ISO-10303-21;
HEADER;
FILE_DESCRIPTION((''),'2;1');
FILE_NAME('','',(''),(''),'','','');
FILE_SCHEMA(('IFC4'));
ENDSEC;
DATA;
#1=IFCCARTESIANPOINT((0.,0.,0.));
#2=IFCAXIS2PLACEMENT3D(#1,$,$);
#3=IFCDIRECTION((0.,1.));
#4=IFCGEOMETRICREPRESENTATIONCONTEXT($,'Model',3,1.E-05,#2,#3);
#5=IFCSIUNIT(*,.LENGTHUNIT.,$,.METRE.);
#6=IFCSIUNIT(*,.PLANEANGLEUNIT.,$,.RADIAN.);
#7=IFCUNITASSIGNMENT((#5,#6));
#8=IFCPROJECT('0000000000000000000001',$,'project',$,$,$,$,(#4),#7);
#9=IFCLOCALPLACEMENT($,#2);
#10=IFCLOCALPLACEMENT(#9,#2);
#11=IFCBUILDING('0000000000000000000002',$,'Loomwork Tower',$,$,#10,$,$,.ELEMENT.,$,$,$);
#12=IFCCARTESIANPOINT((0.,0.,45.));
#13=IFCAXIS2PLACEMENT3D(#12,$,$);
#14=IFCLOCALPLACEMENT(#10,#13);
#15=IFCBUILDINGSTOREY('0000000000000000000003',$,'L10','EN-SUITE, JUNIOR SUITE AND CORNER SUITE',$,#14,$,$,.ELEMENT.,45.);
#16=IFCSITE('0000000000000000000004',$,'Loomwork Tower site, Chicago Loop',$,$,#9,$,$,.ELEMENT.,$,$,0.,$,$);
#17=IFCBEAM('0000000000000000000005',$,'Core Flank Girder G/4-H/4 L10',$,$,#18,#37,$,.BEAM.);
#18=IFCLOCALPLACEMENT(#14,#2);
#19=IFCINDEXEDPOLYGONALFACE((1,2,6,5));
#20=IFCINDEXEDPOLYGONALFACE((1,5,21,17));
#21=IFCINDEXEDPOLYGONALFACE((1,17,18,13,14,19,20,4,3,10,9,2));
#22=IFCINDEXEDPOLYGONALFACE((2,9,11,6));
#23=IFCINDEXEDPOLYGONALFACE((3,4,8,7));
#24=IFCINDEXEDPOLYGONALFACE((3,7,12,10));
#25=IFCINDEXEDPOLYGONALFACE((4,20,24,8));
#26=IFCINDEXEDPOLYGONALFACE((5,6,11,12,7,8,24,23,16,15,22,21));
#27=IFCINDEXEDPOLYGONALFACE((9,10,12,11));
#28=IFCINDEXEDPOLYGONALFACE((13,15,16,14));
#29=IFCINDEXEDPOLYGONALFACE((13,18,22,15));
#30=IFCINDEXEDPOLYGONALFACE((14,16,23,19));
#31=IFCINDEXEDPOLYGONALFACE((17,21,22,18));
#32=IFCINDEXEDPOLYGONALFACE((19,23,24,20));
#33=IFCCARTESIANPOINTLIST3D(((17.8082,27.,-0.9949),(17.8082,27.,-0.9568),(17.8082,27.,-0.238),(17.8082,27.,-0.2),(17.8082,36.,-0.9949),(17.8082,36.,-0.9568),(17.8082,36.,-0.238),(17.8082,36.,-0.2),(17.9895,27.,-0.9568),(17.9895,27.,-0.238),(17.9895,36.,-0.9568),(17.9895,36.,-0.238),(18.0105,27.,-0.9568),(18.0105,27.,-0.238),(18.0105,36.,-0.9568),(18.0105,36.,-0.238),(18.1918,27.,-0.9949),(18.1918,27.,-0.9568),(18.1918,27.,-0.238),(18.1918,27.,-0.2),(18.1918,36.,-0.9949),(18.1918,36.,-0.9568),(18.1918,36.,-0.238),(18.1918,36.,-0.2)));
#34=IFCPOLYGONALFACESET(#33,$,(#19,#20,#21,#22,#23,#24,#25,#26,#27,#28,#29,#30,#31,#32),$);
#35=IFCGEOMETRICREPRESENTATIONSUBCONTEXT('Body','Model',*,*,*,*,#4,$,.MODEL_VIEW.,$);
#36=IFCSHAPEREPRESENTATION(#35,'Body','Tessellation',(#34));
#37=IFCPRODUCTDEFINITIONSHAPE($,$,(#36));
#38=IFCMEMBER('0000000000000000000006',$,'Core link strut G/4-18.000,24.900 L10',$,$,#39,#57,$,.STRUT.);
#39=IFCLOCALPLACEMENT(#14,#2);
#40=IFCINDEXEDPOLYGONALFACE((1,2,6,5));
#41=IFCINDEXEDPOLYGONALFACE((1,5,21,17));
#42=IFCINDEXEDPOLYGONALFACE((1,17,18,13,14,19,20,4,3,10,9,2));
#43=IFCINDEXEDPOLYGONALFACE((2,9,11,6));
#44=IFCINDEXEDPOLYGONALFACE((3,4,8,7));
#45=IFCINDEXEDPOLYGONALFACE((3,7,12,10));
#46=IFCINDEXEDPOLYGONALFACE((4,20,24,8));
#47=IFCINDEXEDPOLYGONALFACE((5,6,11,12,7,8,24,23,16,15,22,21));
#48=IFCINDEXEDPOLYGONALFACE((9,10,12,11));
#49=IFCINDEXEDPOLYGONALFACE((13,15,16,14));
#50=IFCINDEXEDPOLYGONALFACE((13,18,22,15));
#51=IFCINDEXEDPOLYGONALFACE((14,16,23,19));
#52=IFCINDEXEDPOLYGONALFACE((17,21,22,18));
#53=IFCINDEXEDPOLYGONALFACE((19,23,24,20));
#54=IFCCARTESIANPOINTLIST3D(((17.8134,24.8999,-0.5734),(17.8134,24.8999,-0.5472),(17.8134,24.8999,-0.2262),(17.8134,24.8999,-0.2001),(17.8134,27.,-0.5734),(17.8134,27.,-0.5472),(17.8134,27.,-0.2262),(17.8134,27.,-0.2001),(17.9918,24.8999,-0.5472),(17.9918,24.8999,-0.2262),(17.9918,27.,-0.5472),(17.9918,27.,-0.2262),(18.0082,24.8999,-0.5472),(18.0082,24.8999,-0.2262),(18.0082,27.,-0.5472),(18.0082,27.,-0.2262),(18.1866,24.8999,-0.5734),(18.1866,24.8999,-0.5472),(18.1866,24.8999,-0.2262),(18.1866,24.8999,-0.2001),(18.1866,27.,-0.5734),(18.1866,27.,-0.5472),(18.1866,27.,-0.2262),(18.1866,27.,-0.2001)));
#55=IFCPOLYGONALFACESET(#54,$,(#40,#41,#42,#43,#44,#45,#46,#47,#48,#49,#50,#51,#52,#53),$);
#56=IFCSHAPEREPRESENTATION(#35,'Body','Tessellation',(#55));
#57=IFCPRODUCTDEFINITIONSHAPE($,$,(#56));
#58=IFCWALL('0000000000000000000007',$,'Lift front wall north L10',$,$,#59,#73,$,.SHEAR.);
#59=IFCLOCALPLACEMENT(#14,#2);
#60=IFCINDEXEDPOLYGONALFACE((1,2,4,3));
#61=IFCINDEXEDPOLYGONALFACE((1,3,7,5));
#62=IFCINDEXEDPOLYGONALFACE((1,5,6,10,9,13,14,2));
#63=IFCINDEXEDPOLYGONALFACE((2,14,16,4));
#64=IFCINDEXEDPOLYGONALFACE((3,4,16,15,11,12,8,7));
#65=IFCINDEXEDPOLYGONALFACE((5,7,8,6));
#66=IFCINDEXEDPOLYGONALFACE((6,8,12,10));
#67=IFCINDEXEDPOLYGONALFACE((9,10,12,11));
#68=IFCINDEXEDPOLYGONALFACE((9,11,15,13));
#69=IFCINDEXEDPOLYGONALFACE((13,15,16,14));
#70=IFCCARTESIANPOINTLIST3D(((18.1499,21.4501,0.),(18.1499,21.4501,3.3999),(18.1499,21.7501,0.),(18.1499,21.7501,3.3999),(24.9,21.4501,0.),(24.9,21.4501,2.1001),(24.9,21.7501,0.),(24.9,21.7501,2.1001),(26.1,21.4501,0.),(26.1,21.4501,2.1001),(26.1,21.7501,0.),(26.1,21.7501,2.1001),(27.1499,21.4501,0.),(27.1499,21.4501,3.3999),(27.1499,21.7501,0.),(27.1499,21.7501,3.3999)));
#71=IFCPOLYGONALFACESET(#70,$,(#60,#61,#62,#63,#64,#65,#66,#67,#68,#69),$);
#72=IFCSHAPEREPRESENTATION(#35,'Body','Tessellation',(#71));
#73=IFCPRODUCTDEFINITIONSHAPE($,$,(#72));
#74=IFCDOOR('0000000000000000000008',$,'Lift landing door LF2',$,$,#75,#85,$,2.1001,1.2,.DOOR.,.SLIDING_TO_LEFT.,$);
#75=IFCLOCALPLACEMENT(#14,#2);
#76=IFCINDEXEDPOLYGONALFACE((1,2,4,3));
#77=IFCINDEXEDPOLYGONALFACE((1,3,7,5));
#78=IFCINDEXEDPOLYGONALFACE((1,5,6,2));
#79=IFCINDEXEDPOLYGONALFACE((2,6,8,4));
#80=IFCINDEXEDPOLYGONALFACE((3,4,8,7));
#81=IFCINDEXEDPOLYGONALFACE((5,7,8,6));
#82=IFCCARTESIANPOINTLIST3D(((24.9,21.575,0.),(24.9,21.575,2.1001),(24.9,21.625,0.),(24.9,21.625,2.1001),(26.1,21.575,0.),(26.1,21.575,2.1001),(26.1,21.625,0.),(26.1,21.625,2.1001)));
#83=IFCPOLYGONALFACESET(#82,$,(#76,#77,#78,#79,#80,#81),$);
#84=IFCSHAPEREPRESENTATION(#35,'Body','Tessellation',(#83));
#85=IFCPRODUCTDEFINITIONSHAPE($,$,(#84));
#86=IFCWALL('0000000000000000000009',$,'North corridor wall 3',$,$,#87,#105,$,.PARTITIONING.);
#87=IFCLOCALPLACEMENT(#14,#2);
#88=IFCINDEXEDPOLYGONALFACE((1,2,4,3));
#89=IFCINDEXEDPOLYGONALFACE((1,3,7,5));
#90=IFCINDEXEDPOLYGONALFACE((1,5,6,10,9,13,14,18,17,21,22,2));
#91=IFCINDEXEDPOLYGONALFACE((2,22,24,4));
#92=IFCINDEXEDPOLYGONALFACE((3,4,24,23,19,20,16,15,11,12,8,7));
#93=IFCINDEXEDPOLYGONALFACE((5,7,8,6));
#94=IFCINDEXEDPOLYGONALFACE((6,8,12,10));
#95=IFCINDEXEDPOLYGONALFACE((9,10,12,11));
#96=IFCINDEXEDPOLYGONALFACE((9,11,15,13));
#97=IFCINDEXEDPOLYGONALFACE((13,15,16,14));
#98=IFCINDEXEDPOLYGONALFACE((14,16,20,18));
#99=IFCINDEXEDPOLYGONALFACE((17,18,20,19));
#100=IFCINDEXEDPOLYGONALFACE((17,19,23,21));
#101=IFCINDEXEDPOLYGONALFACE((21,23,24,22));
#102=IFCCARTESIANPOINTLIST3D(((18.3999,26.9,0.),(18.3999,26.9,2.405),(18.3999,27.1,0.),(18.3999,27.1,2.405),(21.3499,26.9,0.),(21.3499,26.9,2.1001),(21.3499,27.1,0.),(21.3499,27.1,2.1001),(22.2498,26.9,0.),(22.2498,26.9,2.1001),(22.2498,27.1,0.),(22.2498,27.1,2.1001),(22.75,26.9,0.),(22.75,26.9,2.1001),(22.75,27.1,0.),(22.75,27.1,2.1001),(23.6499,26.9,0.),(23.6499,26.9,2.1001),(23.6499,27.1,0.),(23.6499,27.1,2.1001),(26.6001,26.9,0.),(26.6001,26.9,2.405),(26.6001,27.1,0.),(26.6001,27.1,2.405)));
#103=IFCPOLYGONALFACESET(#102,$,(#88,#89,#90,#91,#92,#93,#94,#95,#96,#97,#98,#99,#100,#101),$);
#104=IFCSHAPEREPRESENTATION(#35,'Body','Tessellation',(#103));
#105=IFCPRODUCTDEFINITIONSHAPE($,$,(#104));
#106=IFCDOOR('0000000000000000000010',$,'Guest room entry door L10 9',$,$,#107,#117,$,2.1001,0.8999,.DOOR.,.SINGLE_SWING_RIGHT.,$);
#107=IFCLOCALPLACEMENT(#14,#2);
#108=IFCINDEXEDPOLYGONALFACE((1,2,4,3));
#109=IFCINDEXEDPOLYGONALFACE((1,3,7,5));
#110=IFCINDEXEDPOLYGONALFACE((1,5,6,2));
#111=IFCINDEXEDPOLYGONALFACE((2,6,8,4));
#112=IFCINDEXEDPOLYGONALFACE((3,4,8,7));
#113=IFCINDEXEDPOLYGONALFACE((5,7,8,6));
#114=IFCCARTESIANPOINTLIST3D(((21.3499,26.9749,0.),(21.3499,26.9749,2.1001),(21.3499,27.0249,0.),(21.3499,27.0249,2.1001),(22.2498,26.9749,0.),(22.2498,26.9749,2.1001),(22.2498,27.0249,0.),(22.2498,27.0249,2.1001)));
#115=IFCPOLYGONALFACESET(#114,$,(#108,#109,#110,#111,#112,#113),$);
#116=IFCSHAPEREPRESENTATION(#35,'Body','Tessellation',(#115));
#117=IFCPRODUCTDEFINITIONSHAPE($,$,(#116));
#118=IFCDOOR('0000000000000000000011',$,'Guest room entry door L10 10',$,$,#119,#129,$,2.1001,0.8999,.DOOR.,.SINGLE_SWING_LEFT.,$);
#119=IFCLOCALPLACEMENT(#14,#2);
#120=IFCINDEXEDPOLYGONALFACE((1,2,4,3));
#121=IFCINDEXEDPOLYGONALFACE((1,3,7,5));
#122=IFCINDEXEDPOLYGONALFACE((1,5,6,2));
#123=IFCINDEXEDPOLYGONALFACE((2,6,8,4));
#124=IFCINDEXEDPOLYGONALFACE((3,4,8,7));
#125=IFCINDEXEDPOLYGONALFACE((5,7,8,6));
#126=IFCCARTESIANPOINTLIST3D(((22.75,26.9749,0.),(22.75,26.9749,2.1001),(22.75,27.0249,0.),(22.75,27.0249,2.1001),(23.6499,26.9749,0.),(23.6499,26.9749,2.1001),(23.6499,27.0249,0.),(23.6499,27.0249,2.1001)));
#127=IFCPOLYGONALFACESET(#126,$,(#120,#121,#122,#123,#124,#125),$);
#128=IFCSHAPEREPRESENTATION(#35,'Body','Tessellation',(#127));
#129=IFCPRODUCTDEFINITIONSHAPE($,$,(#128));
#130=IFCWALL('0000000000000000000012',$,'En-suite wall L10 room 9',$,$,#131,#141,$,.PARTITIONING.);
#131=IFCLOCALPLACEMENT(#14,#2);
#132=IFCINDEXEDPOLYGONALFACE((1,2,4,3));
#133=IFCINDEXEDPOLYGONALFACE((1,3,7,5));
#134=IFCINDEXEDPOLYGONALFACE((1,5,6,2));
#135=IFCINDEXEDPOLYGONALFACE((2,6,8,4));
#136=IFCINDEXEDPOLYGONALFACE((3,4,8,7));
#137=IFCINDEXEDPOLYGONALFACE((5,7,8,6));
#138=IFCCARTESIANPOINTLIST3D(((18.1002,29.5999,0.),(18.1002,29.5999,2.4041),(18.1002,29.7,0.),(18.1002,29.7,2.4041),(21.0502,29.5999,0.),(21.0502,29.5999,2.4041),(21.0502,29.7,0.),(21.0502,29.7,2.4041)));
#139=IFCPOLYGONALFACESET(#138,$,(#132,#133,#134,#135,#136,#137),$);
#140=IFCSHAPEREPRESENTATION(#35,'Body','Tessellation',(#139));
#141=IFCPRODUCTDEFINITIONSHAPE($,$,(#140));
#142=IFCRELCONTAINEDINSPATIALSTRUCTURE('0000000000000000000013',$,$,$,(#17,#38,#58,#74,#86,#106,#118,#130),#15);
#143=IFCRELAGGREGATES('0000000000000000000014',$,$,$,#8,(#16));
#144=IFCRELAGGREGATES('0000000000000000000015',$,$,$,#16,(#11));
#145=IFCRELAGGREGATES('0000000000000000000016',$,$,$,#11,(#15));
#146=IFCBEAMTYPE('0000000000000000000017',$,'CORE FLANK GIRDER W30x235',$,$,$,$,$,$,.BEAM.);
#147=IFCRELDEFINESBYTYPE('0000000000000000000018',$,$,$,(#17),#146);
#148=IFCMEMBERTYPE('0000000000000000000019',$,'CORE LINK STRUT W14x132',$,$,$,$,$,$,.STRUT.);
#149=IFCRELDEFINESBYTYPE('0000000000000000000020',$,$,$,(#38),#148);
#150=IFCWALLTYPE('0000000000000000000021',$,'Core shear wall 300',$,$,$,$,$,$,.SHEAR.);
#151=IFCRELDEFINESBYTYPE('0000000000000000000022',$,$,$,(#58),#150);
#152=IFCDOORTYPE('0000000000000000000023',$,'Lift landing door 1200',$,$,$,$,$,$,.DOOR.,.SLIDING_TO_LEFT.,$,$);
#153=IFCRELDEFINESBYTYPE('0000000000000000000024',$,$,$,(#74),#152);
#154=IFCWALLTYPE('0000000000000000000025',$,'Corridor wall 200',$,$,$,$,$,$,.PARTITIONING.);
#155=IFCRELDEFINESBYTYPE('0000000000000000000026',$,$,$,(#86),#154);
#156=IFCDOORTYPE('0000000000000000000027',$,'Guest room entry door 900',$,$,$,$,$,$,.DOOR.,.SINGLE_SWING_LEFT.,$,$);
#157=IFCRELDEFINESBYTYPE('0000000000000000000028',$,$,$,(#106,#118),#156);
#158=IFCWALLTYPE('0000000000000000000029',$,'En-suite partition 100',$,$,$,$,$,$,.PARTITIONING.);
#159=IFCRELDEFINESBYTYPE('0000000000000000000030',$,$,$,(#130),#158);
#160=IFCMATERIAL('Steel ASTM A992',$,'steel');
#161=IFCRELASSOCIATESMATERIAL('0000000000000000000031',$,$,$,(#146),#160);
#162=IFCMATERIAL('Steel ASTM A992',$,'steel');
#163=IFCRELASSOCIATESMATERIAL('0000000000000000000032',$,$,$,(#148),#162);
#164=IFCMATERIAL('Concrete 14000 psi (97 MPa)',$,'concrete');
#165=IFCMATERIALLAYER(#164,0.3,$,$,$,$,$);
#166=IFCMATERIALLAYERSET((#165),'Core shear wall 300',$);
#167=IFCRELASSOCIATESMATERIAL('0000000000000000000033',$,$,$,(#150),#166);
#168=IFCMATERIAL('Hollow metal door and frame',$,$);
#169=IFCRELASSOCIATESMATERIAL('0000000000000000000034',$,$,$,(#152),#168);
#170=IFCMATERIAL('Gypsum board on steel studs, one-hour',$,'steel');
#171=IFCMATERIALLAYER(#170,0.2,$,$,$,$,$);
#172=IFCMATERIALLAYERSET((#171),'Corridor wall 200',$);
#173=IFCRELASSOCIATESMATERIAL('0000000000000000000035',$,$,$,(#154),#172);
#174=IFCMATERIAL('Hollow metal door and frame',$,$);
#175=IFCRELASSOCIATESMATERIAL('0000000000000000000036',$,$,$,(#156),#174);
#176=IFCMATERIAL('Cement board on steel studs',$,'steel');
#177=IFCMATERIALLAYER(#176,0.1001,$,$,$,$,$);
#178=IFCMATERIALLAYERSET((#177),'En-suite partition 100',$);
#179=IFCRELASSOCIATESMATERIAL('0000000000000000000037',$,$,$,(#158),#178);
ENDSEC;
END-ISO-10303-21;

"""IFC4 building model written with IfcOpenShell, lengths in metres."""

from ifc_helpers import new_model, si_unit, direction, frame, frame_2d, origin, origin_2d, place, context, subcontext, project, spatial, rectangle, i_section, extrude, material, layer, layer_set, material_profile, profile_set, type_object, element, fill, save


model = new_model("IFC4")

# Units and contexts
model_context = context("Model", 3, precision=1e-05, world=origin(), true_north=direction((0.0, 1.0)))
body_context = subcontext(model_context, "Body", "Model", "MODEL_VIEW")
ifc_project = project(units=[si_unit("LENGTHUNIT", "METRE"), si_unit("PLANEANGLEUNIT", "RADIAN")], contexts=[model_context])

# Site, building, storey
site_placement = place(None, origin())
site = spatial("IfcSite", under=ifc_project, at=site_placement, Name="Loomwork Tower site, Chicago Loop", CompositionType="ELEMENT", RefElevation=0.0)
building_placement = place(site_placement, origin())
building = spatial("IfcBuilding", under=site, at=building_placement, Name="Loomwork Tower", CompositionType="ELEMENT")
storey_placement = place(building_placement, frame((0.0, 0.0, 45.0)))
storey = spatial("IfcBuildingStorey", under=building, at=storey_placement, Name="L10", Description="EN-SUITE, JUNIOR SUITE AND CORNER SUITE", CompositionType="ELEMENT", Elevation=45.0)

# Beam
ifc_material_1 = material(Name="Steel ASTM A992", Category="steel")
ifc_material_profile_1 = material_profile(ifc_material_1, i_section(OverallWidth=0.3835, OverallDepth=0.7949, WebThickness=0.021, FlangeThickness=0.0381, at=origin_2d()), Name="W30x235")
ifc_profile_set_1 = profile_set([ifc_material_profile_1], Name="Steel ASTM A992")
beam_type = type_object("IfcBeamType", Name="CORE FLANK GIRDER W30x235", PredefinedType="BEAM", material=ifc_profile_set_1)
beam_placement = place(storey_placement, frame((18.0, 27.0, -0.5974), z_axis=(0.0, 1.0, 0.0), x_axis=(-1.0, 0.0, 0.0)))
element("IfcBeam", 1, at=beam_placement, inside=storey, type_object=beam_type, Name="Core Flank Girder G/4-H/4 L10", PredefinedType="BEAM", context=body_context, shape_type="SweptSolid", body=[
    extrude(i_section(OverallWidth=0.3835, OverallDepth=0.7949, WebThickness=0.021, FlangeThickness=0.0381, at=origin_2d()), origin(), (0.0, 0.0, 1.0), 9.0),
])

# Member
ifc_material_2 = material(Name="Steel ASTM A992", Category="steel")
ifc_material_profile_2 = material_profile(ifc_material_2, i_section(OverallWidth=0.3733, OverallDepth=0.3733, WebThickness=0.0164, FlangeThickness=0.0261, at=origin_2d()), Name="W14x132")
ifc_profile_set_2 = profile_set([ifc_material_profile_2], Name="Steel ASTM A992")
member_type = type_object("IfcMemberType", Name="CORE LINK STRUT W14x132", PredefinedType="STRUT", material=ifc_profile_set_2)
member_placement = place(storey_placement, frame((18.0, 27.0, -0.3867), z_axis=(0.0, -1.0, 0.0), x_axis=(1.0, 0.0, 0.0)))
element("IfcMember", 2, at=member_placement, inside=storey, type_object=member_type, Name="Core link strut G/4-18.000,24.900 L10", PredefinedType="STRUT", context=body_context, shape_type="SweptSolid", body=[
    extrude(i_section(OverallWidth=0.3733, OverallDepth=0.3733, WebThickness=0.0164, FlangeThickness=0.0261, at=origin_2d()), origin(), (0.0, 0.0, 1.0), 2.1001),
])

# Wall, opening, door
ifc_material_3 = material(Name="Concrete 14000 psi (97 MPa)", Category="concrete")
ifc_layer_1 = layer(ifc_material_3, 0.3)
ifc_layer_set_1 = layer_set([ifc_layer_1], Name="Core shear wall 300")
wall_type_1 = type_object("IfcWallType", Name="Core shear wall 300", PredefinedType="SHEAR", material=ifc_layer_set_1)
wall_1_placement = place(storey_placement, frame((18.1499, 21.6001, 0.0), z_axis=(0.0, 0.0, 1.0), x_axis=(1.0, 0.0, 0.0)))
wall_1 = element("IfcWall", 3, at=wall_1_placement, inside=storey, type_object=wall_type_1, Name="Lift front wall north L10", PredefinedType="SHEAR", context=body_context, shape_type="SweptSolid", body=[
    extrude(rectangle(XDim=9.0, YDim=0.3, at=frame_2d((4.5, 0.0))), origin(), (0.0, 0.0, 1.0), 3.3999),
])
opening_1_placement = place(wall_1_placement, frame((6.75, 0.0, 0.0)))
opening_1 = element("IfcOpeningElement", 4, at=opening_1_placement, cuts=wall_1, PredefinedType="OPENING", context=body_context, shape_type="SweptSolid", body=[
    extrude(rectangle(XDim=1.2, YDim=2.1001, at=frame_2d((0.6001, 1.05))), frame((0.0, 0.1599, 0.0), z_axis=(0.0, -1.0, 0.0), x_axis=(1.0, 0.0, 0.0)), (0.0, 0.0, 1.0), 0.3201),
])
ifc_material_4 = material(Name="Hollow metal door and frame")
door_type_1 = type_object("IfcDoorType", Name="Lift landing door 1200", OperationType="SLIDING_TO_LEFT", PredefinedType="DOOR", material=ifc_material_4)
door_1_placement = place(opening_1_placement, origin())
door_1 = element("IfcDoor", 5, at=door_1_placement, inside=storey, type_object=door_type_1, Name="Lift landing door LF2", OperationType="SLIDING_TO_LEFT", OverallHeight=2.1001, OverallWidth=1.2, PredefinedType="DOOR", context=body_context, shape_type="SweptSolid", body=[
    extrude(rectangle(XDim=1.2, YDim=2.1001, at=frame_2d((0.6001, 1.05))), frame((0.0, 0.0249, 0.0), z_axis=(0.0, -1.0, 0.0), x_axis=(1.0, 0.0, 0.0)), (0.0, 0.0, 1.0), 0.05),
])
fill(opening_1, door_1)

# Wall, openings, doors
ifc_material_5 = material(Name="Gypsum board on steel studs, one-hour", Category="steel")
ifc_layer_2 = layer(ifc_material_5, 0.2)
ifc_layer_set_2 = layer_set([ifc_layer_2], Name="Corridor wall 200")
wall_type_2 = type_object("IfcWallType", Name="Corridor wall 200", PredefinedType="PARTITIONING", material=ifc_layer_set_2)
wall_2_placement = place(storey_placement, frame((18.3999, 27.0, 0.0), z_axis=(0.0, 0.0, 1.0), x_axis=(1.0, 0.0, 0.0)))
wall_2 = element("IfcWall", 6, at=wall_2_placement, inside=storey, type_object=wall_type_2, Name="North corridor wall 3", PredefinedType="PARTITIONING", context=body_context, shape_type="SweptSolid", body=[
    extrude(rectangle(XDim=8.2002, YDim=0.2, at=frame_2d((4.1001, 0.0))), origin(), (0.0, 0.0, 1.0), 2.405),
])
opening_2_placement = place(wall_2_placement, frame((2.95, 0.0, 0.0)))
opening_2 = element("IfcOpeningElement", 7, at=opening_2_placement, cuts=wall_2, PredefinedType="OPENING", context=body_context, shape_type="SweptSolid", body=[
    extrude(rectangle(XDim=0.8999, YDim=2.1001, at=frame_2d((0.45, 1.05))), frame((0.0, 0.1099, 0.0), z_axis=(0.0, -1.0, 0.0), x_axis=(1.0, 0.0, 0.0)), (0.0, 0.0, 1.0), 0.22),
])
opening_3_placement = place(wall_2_placement, frame((4.3501, 0.0, 0.0)))
opening_3 = element("IfcOpeningElement", 8, at=opening_3_placement, cuts=wall_2, PredefinedType="OPENING", context=body_context, shape_type="SweptSolid", body=[
    extrude(rectangle(XDim=0.8999, YDim=2.1001, at=frame_2d((0.45, 1.05))), frame((0.0, 0.1099, 0.0), z_axis=(0.0, -1.0, 0.0), x_axis=(1.0, 0.0, 0.0)), (0.0, 0.0, 1.0), 0.22),
])
ifc_material_6 = material(Name="Hollow metal door and frame")
door_type_2 = type_object("IfcDoorType", Name="Guest room entry door 900", OperationType="SINGLE_SWING_LEFT", PredefinedType="DOOR", material=ifc_material_6)
door_2_placement = place(opening_2_placement, origin())
door_2 = element("IfcDoor", 9, at=door_2_placement, inside=storey, type_object=door_type_2, Name="Guest room entry door L10 9", OperationType="SINGLE_SWING_RIGHT", OverallHeight=2.1001, OverallWidth=0.8999, PredefinedType="DOOR", context=body_context, shape_type="SweptSolid", body=[
    extrude(rectangle(XDim=0.8999, YDim=2.1001, at=frame_2d((0.45, 1.05))), frame((0.0, 0.0249, 0.0), z_axis=(0.0, -1.0, 0.0), x_axis=(1.0, 0.0, 0.0)), (0.0, 0.0, 1.0), 0.05),
])
fill(opening_2, door_2)
door_3_placement = place(opening_3_placement, origin())
door_3 = element("IfcDoor", 10, at=door_3_placement, inside=storey, type_object=door_type_2, Name="Guest room entry door L10 10", OperationType="SINGLE_SWING_LEFT", OverallHeight=2.1001, OverallWidth=0.8999, PredefinedType="DOOR", context=body_context, shape_type="SweptSolid", body=[
    extrude(rectangle(XDim=0.8999, YDim=2.1001, at=frame_2d((0.45, 1.05))), frame((0.0, 0.0249, 0.0), z_axis=(0.0, -1.0, 0.0), x_axis=(1.0, 0.0, 0.0)), (0.0, 0.0, 1.0), 0.05),
])
fill(opening_3, door_3)

# Wall
ifc_material_7 = material(Name="Cement board on steel studs", Category="steel")
ifc_layer_3 = layer(ifc_material_7, 0.1001)
ifc_layer_set_3 = layer_set([ifc_layer_3], Name="En-suite partition 100")
wall_type_3 = type_object("IfcWallType", Name="En-suite partition 100", PredefinedType="PARTITIONING", material=ifc_layer_set_3)
wall_3_placement = place(storey_placement, frame((18.1001, 29.6499, 0.0), z_axis=(0.0, 0.0, 1.0), x_axis=(1.0, 0.0, 0.0)))
element("IfcWall", 11, at=wall_3_placement, inside=storey, type_object=wall_type_3, Name="En-suite wall L10 room 9", PredefinedType="PARTITIONING", context=body_context, shape_type="SweptSolid", body=[
    extrude(rectangle(XDim=2.95, YDim=0.1001, at=frame_2d((1.4751, 0.0))), origin(), (0.0, 0.0, 1.0), 2.4041),
])

save(model, "model.ifc")
